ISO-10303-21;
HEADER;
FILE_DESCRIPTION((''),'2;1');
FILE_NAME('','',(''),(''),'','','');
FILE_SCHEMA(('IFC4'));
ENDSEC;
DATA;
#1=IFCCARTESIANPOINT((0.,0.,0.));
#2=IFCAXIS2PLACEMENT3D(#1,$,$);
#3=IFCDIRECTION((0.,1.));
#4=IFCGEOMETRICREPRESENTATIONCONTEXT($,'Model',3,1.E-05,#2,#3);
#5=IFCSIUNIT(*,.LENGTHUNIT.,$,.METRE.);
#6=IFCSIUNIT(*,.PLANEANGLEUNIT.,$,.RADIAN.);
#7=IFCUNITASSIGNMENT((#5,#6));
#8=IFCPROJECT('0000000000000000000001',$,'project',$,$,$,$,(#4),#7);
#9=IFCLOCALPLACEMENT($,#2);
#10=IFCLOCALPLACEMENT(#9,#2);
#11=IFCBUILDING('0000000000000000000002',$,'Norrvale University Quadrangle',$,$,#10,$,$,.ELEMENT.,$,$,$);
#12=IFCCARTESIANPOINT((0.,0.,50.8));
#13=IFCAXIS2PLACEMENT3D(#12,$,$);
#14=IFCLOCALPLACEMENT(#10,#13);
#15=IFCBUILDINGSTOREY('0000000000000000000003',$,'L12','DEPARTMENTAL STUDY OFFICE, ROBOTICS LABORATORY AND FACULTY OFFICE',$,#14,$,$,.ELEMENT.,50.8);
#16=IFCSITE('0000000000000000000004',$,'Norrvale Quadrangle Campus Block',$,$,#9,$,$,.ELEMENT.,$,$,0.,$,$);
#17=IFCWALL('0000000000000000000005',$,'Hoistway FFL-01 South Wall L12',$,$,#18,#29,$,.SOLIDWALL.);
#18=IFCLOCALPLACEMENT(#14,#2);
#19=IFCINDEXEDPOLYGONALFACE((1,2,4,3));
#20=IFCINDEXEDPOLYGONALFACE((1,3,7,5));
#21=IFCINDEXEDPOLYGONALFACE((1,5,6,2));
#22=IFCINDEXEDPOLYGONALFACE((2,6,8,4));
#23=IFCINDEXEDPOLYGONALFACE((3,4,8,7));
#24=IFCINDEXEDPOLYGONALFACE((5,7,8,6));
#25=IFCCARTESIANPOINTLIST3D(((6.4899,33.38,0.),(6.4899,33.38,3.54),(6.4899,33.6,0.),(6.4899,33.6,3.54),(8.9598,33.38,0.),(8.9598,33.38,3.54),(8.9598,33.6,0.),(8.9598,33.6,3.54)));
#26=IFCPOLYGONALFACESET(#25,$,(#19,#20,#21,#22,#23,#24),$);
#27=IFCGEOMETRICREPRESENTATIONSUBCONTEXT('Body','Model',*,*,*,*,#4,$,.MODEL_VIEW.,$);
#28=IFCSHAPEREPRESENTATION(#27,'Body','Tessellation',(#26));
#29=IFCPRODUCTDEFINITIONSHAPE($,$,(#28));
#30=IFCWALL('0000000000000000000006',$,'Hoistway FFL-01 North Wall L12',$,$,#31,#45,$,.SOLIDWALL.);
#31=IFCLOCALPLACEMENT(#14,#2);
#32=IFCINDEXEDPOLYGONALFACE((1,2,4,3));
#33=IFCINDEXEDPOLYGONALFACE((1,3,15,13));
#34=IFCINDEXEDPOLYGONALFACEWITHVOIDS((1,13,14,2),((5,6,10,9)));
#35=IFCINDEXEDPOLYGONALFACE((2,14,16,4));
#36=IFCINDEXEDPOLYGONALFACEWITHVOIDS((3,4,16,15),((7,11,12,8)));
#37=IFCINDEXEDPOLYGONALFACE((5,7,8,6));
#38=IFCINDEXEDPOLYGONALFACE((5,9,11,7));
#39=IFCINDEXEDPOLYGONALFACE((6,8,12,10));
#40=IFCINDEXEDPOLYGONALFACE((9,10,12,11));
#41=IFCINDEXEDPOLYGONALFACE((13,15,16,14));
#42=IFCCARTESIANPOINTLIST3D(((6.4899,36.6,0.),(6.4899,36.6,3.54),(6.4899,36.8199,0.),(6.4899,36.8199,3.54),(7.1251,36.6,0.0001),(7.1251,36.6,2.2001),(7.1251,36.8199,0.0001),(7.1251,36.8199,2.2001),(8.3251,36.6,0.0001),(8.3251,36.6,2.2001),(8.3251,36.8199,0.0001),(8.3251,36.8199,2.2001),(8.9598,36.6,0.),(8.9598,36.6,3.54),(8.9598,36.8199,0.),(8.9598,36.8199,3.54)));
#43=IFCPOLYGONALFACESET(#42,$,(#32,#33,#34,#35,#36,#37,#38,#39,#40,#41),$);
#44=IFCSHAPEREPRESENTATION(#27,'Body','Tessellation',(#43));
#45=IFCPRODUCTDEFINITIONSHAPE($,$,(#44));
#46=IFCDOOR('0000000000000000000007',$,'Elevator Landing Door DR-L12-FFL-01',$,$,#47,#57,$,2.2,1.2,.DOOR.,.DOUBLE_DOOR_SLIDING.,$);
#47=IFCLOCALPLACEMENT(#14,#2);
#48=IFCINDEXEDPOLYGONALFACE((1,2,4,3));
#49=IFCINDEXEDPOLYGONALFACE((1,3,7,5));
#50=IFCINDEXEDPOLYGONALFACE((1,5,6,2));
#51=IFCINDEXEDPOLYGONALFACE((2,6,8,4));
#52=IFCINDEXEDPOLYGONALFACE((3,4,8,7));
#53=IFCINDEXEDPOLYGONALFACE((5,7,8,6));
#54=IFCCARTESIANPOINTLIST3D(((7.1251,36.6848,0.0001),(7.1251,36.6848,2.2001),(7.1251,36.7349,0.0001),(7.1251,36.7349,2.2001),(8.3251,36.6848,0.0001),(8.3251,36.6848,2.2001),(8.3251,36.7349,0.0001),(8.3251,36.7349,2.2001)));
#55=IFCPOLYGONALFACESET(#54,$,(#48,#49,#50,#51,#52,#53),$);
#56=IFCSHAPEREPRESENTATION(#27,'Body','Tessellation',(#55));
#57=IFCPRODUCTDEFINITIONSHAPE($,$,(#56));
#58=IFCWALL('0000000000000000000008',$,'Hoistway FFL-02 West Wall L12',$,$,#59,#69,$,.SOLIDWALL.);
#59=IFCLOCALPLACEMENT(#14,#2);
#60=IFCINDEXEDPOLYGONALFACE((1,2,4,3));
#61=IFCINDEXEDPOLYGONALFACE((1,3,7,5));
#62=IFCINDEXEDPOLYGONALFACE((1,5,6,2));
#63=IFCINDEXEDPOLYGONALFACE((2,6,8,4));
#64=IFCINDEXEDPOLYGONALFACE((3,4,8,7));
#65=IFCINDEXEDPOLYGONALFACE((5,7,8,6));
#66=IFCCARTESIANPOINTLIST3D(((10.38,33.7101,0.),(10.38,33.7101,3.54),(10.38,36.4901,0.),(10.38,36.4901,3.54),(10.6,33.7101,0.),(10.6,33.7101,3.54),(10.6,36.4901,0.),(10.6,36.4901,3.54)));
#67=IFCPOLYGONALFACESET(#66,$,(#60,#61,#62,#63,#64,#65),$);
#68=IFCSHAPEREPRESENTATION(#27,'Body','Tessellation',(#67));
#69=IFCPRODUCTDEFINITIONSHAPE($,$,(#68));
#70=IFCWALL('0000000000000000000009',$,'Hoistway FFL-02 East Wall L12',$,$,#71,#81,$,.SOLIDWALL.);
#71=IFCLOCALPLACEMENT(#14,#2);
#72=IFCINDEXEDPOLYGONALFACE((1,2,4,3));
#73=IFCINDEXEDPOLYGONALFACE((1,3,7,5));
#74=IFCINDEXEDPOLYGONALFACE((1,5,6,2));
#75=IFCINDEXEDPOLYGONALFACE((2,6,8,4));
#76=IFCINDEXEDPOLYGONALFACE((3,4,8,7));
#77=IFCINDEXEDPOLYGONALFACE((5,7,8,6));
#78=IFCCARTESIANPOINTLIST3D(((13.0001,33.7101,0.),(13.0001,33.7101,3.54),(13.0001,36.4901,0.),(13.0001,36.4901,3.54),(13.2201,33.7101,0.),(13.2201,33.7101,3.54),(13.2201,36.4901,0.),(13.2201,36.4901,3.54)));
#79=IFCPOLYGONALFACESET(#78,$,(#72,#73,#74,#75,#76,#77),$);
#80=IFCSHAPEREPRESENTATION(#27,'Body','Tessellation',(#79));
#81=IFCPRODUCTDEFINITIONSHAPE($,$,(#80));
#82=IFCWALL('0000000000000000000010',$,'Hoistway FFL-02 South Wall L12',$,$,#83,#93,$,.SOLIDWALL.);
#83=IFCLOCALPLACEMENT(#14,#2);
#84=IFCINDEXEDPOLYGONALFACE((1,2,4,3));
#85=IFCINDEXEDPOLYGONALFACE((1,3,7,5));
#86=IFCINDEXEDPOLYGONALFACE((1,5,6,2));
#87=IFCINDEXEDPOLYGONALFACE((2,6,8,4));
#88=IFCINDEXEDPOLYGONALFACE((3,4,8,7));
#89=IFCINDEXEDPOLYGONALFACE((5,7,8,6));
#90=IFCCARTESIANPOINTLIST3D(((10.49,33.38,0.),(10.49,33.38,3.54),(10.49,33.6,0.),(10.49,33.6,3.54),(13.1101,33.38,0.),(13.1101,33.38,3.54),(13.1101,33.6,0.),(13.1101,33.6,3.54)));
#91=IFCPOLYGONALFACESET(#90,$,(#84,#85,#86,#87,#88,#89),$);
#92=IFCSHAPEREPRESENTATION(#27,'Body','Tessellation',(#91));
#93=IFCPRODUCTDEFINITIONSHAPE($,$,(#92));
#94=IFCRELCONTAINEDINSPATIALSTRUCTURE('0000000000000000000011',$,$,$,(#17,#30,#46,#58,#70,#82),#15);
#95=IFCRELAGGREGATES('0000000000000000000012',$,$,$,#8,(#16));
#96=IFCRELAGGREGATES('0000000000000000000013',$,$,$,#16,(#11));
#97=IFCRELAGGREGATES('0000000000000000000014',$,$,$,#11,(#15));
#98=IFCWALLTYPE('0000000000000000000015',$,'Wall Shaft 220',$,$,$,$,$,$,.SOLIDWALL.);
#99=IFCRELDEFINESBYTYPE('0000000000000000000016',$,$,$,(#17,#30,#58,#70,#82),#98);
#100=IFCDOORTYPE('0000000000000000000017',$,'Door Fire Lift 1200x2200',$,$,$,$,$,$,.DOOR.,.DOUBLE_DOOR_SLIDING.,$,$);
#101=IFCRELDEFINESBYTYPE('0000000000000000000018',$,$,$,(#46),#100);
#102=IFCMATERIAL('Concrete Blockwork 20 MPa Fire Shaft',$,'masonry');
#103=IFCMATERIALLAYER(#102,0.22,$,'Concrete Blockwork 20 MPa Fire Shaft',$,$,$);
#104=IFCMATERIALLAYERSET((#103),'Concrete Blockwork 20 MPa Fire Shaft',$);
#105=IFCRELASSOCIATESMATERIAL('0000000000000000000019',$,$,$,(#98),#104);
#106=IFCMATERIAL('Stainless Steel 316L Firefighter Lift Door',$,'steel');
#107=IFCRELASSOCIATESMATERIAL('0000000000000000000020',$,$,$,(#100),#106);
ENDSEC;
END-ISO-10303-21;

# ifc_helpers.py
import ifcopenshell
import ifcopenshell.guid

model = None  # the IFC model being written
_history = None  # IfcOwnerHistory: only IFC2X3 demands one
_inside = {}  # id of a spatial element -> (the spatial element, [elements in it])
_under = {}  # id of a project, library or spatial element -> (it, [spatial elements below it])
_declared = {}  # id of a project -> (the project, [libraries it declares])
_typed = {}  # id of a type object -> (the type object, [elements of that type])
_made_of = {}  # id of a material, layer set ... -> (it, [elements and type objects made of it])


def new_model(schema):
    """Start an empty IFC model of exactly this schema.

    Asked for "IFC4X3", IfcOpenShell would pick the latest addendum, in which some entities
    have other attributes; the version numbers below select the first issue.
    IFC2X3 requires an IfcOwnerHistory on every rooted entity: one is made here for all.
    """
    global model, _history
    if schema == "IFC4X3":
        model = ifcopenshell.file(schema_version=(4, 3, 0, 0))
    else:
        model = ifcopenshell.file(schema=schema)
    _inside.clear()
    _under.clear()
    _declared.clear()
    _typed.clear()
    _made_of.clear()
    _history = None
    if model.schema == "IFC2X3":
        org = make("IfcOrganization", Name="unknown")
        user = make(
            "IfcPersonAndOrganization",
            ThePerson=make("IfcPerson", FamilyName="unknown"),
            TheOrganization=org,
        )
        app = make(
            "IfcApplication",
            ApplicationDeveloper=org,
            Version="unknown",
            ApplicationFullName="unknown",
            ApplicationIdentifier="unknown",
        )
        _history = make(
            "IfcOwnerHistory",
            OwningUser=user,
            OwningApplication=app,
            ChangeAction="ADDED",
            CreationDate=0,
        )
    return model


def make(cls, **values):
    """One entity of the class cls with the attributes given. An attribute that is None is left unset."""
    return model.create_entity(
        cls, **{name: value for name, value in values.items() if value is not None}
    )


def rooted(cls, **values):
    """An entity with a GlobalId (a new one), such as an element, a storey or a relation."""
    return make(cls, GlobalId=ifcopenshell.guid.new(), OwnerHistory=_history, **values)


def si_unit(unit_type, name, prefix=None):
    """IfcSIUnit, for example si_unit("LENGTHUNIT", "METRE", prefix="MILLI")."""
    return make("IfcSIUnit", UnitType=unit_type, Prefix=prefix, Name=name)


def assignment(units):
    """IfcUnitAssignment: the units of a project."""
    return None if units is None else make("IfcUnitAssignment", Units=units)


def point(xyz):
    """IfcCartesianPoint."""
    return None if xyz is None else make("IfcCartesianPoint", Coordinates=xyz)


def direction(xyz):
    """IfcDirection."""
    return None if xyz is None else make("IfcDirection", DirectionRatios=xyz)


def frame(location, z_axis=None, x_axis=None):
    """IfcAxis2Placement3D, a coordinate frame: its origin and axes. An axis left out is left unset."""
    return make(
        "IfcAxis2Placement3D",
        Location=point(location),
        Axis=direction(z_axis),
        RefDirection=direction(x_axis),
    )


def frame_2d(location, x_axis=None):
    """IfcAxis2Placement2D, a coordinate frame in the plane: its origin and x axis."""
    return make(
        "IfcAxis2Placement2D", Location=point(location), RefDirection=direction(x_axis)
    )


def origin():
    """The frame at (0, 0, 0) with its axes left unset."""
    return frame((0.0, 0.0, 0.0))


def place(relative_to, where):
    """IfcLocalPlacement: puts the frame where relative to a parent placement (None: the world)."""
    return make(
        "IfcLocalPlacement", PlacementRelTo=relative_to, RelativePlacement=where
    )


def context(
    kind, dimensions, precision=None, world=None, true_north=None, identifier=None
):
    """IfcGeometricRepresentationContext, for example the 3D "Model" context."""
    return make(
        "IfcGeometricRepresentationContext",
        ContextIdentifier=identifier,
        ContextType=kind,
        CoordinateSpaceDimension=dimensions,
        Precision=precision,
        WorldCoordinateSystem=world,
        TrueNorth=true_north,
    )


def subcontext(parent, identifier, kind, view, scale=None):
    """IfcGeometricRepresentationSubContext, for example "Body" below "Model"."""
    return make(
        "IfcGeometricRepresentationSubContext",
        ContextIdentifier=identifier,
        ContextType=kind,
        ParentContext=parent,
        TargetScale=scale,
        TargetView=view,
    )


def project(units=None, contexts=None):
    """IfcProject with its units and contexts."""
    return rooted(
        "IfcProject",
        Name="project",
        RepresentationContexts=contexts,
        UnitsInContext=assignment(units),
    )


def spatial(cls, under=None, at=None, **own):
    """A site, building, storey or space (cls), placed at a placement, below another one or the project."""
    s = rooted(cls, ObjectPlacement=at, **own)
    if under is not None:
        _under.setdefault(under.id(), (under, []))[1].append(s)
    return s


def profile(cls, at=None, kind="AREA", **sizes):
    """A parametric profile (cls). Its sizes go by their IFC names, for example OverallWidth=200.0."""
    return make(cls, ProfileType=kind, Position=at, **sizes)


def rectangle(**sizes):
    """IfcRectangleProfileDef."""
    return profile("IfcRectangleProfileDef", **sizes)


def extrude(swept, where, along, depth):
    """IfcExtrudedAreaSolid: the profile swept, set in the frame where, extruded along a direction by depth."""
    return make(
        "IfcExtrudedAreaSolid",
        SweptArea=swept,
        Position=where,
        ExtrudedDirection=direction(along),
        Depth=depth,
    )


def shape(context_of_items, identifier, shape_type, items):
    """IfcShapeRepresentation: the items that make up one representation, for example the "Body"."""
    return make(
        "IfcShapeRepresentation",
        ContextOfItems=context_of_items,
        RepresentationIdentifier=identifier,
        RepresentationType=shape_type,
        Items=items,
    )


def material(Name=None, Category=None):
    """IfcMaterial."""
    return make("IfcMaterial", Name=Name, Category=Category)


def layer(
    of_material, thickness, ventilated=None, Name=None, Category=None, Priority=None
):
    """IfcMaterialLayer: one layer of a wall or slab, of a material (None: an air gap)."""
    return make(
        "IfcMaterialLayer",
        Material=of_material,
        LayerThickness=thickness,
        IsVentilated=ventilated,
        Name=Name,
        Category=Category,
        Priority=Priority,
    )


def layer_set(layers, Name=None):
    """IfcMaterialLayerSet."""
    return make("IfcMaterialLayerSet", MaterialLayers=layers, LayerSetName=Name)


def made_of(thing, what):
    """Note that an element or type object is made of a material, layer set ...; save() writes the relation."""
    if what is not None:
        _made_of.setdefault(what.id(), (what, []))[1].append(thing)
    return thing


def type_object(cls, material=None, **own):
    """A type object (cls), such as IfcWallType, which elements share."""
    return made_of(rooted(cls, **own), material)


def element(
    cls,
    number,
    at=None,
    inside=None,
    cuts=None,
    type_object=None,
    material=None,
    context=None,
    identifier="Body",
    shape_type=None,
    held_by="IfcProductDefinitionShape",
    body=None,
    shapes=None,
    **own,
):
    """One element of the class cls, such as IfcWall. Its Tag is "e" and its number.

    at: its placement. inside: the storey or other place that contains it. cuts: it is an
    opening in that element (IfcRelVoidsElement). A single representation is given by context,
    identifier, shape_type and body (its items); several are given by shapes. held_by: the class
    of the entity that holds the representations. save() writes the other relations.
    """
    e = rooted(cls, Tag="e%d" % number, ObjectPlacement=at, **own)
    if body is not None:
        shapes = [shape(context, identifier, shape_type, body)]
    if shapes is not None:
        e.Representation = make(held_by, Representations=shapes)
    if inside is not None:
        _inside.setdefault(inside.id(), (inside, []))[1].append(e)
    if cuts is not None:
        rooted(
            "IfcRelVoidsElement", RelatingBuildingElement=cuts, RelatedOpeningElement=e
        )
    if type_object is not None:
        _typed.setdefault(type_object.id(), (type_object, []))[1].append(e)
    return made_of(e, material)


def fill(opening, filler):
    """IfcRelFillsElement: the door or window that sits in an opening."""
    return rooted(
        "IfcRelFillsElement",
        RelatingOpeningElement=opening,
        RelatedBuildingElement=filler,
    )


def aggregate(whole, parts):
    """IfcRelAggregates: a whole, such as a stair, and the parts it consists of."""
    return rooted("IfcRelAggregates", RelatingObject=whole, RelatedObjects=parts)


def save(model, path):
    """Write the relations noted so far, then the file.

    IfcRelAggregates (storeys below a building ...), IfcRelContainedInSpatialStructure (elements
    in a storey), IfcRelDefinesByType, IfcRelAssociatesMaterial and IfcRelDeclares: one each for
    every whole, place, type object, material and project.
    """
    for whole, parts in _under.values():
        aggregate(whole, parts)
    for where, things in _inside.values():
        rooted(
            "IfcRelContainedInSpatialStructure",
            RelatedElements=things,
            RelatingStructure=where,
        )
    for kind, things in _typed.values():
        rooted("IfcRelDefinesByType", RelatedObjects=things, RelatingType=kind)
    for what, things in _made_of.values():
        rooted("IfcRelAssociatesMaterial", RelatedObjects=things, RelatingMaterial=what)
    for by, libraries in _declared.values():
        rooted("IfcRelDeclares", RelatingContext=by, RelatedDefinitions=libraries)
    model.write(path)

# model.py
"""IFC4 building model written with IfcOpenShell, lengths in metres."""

from ifc_helpers import new_model, si_unit, direction, frame, frame_2d, origin, place, context, subcontext, project, spatial, rectangle, extrude, material, layer, layer_set, type_object, element, fill, save


model = new_model("IFC4")

# Units and contexts
model_context = context("Model", 3, precision=1e-05, world=origin(), true_north=direction((0.0, 1.0)))
body_context = subcontext(model_context, "Body", "Model", "MODEL_VIEW")
ifc_project = project(units=[si_unit("LENGTHUNIT", "METRE"), si_unit("PLANEANGLEUNIT", "RADIAN")], contexts=[model_context])

# Site, building, storey
site_placement = place(None, origin())
site = spatial("IfcSite", under=ifc_project, at=site_placement, Name="Norrvale Quadrangle Campus Block", CompositionType="ELEMENT", RefElevation=0.0)
building_placement = place(site_placement, origin())
building = spatial("IfcBuilding", under=site, at=building_placement, Name="Norrvale University Quadrangle", CompositionType="ELEMENT")
storey_placement = place(building_placement, frame((0.0, 0.0, 50.8)))
storey = spatial("IfcBuildingStorey", under=building, at=storey_placement, Name="L12", Description="DEPARTMENTAL STUDY OFFICE, ROBOTICS LABORATORY AND FACULTY OFFICE", CompositionType="ELEMENT", Elevation=50.8)

# Shared definitions
ifc_material_1 = material(Name="Concrete Blockwork 20 MPa Fire Shaft", Category="masonry")
ifc_layer_1 = layer(ifc_material_1, 0.22, Name="Concrete Blockwork 20 MPa Fire Shaft")
ifc_layer_set_1 = layer_set([ifc_layer_1], Name="Concrete Blockwork 20 MPa Fire Shaft")
wall_type_1 = type_object("IfcWallType", Name="Wall Shaft 220", PredefinedType="SOLIDWALL", material=ifc_layer_set_1)

# Wall
wall_1_placement = place(storey_placement, frame((6.49, 33.49, 0.0), z_axis=(0.0, 0.0, 1.0), x_axis=(1.0, 0.0, 0.0)))
element("IfcWall", 1, at=wall_1_placement, inside=storey, type_object=wall_type_1, Name="Hoistway FFL-01 South Wall L12", PredefinedType="SOLIDWALL", context=body_context, shape_type="SweptSolid", body=[
    extrude(rectangle(XDim=2.47, YDim=0.22, at=frame_2d((1.2349, 0.0))), origin(), (0.0, 0.0, 1.0), 3.54),
])

# Wall, opening, door
wall_2_placement = place(storey_placement, frame((6.49, 36.71, 0.0), z_axis=(0.0, 0.0, 1.0), x_axis=(1.0, 0.0, 0.0)))
wall_2 = element("IfcWall", 2, at=wall_2_placement, inside=storey, type_object=wall_type_1, Name="Hoistway FFL-01 North Wall L12", PredefinedType="SOLIDWALL", context=body_context, shape_type="SweptSolid", body=[
    extrude(rectangle(XDim=2.47, YDim=0.22, at=frame_2d((1.2349, 0.0))), origin(), (0.0, 0.0, 1.0), 3.54),
])
opening_1_placement = place(wall_2_placement, frame((0.635, 0.0, 0.0)))
opening_1 = element("IfcOpeningElement", 3, at=opening_1_placement, cuts=wall_2, PredefinedType="OPENING", context=body_context, shape_type="SweptSolid", body=[
    extrude(rectangle(XDim=1.2, YDim=2.2, at=frame_2d((0.6001, 1.1001))), frame((0.0, 0.1221, 0.0), z_axis=(0.0, -1.0, 0.0), x_axis=(1.0, 0.0, 0.0)), (0.0, 0.0, 1.0), 0.2439),
])
ifc_material_2 = material(Name="Stainless Steel 316L Firefighter Lift Door", Category="steel")
door_type_1 = type_object("IfcDoorType", Name="Door Fire Lift 1200x2200", OperationType="DOUBLE_DOOR_SLIDING", PredefinedType="DOOR", material=ifc_material_2)
door_1_placement = place(opening_1_placement, origin())
door_1 = element("IfcDoor", 4, at=door_1_placement, inside=storey, type_object=door_type_1, Name="Elevator Landing Door DR-L12-FFL-01", OperationType="DOUBLE_DOOR_SLIDING", OverallHeight=2.2, OverallWidth=1.2, PredefinedType="DOOR", context=body_context, shape_type="SweptSolid", body=[
    extrude(rectangle(XDim=1.2, YDim=2.2, at=frame_2d((0.6001, 1.1001))), frame((0.0, 0.0249, 0.0), z_axis=(0.0, -1.0, 0.0), x_axis=(1.0, 0.0, 0.0)), (0.0, 0.0, 1.0), 0.05),
])
fill(opening_1, door_1)

# Walls
for number, where, z_axis, x_axis, name in (
    (5, (10.49, 33.71, 0.0), (0.0, 0.0, 1.0), (0.0, 1.0, 0.0), "Hoistway FFL-02 West Wall L12"),
    (6, (13.1101, 33.71, 0.0), (0.0, 0.0, 1.0), (0.0, 1.0, 0.0), "Hoistway FFL-02 East Wall L12"),
):
    element("IfcWall", number, at=place(storey_placement, frame(where, z_axis=z_axis, x_axis=x_axis)), inside=storey, type_object=wall_type_1, Name=name, PredefinedType="SOLIDWALL", context=body_context, shape_type="SweptSolid", body=[
        extrude(rectangle(XDim=2.78, YDim=0.22, at=frame_2d((1.3901, 0.0))), origin(), (0.0, 0.0, 1.0), 3.54),
    ])
wall_3_placement = place(storey_placement, frame((10.49, 33.49, 0.0), z_axis=(0.0, 0.0, 1.0), x_axis=(1.0, 0.0, 0.0)))
element("IfcWall", 7, at=wall_3_placement, inside=storey, type_object=wall_type_1, Name="Hoistway FFL-02 South Wall L12", PredefinedType="SOLIDWALL", context=body_context, shape_type="SweptSolid", body=[
    extrude(rectangle(XDim=2.6201, YDim=0.22, at=frame_2d((1.3101, 0.0))), origin(), (0.0, 0.0, 1.0), 3.54),
])

save(model, "model.ifc")
